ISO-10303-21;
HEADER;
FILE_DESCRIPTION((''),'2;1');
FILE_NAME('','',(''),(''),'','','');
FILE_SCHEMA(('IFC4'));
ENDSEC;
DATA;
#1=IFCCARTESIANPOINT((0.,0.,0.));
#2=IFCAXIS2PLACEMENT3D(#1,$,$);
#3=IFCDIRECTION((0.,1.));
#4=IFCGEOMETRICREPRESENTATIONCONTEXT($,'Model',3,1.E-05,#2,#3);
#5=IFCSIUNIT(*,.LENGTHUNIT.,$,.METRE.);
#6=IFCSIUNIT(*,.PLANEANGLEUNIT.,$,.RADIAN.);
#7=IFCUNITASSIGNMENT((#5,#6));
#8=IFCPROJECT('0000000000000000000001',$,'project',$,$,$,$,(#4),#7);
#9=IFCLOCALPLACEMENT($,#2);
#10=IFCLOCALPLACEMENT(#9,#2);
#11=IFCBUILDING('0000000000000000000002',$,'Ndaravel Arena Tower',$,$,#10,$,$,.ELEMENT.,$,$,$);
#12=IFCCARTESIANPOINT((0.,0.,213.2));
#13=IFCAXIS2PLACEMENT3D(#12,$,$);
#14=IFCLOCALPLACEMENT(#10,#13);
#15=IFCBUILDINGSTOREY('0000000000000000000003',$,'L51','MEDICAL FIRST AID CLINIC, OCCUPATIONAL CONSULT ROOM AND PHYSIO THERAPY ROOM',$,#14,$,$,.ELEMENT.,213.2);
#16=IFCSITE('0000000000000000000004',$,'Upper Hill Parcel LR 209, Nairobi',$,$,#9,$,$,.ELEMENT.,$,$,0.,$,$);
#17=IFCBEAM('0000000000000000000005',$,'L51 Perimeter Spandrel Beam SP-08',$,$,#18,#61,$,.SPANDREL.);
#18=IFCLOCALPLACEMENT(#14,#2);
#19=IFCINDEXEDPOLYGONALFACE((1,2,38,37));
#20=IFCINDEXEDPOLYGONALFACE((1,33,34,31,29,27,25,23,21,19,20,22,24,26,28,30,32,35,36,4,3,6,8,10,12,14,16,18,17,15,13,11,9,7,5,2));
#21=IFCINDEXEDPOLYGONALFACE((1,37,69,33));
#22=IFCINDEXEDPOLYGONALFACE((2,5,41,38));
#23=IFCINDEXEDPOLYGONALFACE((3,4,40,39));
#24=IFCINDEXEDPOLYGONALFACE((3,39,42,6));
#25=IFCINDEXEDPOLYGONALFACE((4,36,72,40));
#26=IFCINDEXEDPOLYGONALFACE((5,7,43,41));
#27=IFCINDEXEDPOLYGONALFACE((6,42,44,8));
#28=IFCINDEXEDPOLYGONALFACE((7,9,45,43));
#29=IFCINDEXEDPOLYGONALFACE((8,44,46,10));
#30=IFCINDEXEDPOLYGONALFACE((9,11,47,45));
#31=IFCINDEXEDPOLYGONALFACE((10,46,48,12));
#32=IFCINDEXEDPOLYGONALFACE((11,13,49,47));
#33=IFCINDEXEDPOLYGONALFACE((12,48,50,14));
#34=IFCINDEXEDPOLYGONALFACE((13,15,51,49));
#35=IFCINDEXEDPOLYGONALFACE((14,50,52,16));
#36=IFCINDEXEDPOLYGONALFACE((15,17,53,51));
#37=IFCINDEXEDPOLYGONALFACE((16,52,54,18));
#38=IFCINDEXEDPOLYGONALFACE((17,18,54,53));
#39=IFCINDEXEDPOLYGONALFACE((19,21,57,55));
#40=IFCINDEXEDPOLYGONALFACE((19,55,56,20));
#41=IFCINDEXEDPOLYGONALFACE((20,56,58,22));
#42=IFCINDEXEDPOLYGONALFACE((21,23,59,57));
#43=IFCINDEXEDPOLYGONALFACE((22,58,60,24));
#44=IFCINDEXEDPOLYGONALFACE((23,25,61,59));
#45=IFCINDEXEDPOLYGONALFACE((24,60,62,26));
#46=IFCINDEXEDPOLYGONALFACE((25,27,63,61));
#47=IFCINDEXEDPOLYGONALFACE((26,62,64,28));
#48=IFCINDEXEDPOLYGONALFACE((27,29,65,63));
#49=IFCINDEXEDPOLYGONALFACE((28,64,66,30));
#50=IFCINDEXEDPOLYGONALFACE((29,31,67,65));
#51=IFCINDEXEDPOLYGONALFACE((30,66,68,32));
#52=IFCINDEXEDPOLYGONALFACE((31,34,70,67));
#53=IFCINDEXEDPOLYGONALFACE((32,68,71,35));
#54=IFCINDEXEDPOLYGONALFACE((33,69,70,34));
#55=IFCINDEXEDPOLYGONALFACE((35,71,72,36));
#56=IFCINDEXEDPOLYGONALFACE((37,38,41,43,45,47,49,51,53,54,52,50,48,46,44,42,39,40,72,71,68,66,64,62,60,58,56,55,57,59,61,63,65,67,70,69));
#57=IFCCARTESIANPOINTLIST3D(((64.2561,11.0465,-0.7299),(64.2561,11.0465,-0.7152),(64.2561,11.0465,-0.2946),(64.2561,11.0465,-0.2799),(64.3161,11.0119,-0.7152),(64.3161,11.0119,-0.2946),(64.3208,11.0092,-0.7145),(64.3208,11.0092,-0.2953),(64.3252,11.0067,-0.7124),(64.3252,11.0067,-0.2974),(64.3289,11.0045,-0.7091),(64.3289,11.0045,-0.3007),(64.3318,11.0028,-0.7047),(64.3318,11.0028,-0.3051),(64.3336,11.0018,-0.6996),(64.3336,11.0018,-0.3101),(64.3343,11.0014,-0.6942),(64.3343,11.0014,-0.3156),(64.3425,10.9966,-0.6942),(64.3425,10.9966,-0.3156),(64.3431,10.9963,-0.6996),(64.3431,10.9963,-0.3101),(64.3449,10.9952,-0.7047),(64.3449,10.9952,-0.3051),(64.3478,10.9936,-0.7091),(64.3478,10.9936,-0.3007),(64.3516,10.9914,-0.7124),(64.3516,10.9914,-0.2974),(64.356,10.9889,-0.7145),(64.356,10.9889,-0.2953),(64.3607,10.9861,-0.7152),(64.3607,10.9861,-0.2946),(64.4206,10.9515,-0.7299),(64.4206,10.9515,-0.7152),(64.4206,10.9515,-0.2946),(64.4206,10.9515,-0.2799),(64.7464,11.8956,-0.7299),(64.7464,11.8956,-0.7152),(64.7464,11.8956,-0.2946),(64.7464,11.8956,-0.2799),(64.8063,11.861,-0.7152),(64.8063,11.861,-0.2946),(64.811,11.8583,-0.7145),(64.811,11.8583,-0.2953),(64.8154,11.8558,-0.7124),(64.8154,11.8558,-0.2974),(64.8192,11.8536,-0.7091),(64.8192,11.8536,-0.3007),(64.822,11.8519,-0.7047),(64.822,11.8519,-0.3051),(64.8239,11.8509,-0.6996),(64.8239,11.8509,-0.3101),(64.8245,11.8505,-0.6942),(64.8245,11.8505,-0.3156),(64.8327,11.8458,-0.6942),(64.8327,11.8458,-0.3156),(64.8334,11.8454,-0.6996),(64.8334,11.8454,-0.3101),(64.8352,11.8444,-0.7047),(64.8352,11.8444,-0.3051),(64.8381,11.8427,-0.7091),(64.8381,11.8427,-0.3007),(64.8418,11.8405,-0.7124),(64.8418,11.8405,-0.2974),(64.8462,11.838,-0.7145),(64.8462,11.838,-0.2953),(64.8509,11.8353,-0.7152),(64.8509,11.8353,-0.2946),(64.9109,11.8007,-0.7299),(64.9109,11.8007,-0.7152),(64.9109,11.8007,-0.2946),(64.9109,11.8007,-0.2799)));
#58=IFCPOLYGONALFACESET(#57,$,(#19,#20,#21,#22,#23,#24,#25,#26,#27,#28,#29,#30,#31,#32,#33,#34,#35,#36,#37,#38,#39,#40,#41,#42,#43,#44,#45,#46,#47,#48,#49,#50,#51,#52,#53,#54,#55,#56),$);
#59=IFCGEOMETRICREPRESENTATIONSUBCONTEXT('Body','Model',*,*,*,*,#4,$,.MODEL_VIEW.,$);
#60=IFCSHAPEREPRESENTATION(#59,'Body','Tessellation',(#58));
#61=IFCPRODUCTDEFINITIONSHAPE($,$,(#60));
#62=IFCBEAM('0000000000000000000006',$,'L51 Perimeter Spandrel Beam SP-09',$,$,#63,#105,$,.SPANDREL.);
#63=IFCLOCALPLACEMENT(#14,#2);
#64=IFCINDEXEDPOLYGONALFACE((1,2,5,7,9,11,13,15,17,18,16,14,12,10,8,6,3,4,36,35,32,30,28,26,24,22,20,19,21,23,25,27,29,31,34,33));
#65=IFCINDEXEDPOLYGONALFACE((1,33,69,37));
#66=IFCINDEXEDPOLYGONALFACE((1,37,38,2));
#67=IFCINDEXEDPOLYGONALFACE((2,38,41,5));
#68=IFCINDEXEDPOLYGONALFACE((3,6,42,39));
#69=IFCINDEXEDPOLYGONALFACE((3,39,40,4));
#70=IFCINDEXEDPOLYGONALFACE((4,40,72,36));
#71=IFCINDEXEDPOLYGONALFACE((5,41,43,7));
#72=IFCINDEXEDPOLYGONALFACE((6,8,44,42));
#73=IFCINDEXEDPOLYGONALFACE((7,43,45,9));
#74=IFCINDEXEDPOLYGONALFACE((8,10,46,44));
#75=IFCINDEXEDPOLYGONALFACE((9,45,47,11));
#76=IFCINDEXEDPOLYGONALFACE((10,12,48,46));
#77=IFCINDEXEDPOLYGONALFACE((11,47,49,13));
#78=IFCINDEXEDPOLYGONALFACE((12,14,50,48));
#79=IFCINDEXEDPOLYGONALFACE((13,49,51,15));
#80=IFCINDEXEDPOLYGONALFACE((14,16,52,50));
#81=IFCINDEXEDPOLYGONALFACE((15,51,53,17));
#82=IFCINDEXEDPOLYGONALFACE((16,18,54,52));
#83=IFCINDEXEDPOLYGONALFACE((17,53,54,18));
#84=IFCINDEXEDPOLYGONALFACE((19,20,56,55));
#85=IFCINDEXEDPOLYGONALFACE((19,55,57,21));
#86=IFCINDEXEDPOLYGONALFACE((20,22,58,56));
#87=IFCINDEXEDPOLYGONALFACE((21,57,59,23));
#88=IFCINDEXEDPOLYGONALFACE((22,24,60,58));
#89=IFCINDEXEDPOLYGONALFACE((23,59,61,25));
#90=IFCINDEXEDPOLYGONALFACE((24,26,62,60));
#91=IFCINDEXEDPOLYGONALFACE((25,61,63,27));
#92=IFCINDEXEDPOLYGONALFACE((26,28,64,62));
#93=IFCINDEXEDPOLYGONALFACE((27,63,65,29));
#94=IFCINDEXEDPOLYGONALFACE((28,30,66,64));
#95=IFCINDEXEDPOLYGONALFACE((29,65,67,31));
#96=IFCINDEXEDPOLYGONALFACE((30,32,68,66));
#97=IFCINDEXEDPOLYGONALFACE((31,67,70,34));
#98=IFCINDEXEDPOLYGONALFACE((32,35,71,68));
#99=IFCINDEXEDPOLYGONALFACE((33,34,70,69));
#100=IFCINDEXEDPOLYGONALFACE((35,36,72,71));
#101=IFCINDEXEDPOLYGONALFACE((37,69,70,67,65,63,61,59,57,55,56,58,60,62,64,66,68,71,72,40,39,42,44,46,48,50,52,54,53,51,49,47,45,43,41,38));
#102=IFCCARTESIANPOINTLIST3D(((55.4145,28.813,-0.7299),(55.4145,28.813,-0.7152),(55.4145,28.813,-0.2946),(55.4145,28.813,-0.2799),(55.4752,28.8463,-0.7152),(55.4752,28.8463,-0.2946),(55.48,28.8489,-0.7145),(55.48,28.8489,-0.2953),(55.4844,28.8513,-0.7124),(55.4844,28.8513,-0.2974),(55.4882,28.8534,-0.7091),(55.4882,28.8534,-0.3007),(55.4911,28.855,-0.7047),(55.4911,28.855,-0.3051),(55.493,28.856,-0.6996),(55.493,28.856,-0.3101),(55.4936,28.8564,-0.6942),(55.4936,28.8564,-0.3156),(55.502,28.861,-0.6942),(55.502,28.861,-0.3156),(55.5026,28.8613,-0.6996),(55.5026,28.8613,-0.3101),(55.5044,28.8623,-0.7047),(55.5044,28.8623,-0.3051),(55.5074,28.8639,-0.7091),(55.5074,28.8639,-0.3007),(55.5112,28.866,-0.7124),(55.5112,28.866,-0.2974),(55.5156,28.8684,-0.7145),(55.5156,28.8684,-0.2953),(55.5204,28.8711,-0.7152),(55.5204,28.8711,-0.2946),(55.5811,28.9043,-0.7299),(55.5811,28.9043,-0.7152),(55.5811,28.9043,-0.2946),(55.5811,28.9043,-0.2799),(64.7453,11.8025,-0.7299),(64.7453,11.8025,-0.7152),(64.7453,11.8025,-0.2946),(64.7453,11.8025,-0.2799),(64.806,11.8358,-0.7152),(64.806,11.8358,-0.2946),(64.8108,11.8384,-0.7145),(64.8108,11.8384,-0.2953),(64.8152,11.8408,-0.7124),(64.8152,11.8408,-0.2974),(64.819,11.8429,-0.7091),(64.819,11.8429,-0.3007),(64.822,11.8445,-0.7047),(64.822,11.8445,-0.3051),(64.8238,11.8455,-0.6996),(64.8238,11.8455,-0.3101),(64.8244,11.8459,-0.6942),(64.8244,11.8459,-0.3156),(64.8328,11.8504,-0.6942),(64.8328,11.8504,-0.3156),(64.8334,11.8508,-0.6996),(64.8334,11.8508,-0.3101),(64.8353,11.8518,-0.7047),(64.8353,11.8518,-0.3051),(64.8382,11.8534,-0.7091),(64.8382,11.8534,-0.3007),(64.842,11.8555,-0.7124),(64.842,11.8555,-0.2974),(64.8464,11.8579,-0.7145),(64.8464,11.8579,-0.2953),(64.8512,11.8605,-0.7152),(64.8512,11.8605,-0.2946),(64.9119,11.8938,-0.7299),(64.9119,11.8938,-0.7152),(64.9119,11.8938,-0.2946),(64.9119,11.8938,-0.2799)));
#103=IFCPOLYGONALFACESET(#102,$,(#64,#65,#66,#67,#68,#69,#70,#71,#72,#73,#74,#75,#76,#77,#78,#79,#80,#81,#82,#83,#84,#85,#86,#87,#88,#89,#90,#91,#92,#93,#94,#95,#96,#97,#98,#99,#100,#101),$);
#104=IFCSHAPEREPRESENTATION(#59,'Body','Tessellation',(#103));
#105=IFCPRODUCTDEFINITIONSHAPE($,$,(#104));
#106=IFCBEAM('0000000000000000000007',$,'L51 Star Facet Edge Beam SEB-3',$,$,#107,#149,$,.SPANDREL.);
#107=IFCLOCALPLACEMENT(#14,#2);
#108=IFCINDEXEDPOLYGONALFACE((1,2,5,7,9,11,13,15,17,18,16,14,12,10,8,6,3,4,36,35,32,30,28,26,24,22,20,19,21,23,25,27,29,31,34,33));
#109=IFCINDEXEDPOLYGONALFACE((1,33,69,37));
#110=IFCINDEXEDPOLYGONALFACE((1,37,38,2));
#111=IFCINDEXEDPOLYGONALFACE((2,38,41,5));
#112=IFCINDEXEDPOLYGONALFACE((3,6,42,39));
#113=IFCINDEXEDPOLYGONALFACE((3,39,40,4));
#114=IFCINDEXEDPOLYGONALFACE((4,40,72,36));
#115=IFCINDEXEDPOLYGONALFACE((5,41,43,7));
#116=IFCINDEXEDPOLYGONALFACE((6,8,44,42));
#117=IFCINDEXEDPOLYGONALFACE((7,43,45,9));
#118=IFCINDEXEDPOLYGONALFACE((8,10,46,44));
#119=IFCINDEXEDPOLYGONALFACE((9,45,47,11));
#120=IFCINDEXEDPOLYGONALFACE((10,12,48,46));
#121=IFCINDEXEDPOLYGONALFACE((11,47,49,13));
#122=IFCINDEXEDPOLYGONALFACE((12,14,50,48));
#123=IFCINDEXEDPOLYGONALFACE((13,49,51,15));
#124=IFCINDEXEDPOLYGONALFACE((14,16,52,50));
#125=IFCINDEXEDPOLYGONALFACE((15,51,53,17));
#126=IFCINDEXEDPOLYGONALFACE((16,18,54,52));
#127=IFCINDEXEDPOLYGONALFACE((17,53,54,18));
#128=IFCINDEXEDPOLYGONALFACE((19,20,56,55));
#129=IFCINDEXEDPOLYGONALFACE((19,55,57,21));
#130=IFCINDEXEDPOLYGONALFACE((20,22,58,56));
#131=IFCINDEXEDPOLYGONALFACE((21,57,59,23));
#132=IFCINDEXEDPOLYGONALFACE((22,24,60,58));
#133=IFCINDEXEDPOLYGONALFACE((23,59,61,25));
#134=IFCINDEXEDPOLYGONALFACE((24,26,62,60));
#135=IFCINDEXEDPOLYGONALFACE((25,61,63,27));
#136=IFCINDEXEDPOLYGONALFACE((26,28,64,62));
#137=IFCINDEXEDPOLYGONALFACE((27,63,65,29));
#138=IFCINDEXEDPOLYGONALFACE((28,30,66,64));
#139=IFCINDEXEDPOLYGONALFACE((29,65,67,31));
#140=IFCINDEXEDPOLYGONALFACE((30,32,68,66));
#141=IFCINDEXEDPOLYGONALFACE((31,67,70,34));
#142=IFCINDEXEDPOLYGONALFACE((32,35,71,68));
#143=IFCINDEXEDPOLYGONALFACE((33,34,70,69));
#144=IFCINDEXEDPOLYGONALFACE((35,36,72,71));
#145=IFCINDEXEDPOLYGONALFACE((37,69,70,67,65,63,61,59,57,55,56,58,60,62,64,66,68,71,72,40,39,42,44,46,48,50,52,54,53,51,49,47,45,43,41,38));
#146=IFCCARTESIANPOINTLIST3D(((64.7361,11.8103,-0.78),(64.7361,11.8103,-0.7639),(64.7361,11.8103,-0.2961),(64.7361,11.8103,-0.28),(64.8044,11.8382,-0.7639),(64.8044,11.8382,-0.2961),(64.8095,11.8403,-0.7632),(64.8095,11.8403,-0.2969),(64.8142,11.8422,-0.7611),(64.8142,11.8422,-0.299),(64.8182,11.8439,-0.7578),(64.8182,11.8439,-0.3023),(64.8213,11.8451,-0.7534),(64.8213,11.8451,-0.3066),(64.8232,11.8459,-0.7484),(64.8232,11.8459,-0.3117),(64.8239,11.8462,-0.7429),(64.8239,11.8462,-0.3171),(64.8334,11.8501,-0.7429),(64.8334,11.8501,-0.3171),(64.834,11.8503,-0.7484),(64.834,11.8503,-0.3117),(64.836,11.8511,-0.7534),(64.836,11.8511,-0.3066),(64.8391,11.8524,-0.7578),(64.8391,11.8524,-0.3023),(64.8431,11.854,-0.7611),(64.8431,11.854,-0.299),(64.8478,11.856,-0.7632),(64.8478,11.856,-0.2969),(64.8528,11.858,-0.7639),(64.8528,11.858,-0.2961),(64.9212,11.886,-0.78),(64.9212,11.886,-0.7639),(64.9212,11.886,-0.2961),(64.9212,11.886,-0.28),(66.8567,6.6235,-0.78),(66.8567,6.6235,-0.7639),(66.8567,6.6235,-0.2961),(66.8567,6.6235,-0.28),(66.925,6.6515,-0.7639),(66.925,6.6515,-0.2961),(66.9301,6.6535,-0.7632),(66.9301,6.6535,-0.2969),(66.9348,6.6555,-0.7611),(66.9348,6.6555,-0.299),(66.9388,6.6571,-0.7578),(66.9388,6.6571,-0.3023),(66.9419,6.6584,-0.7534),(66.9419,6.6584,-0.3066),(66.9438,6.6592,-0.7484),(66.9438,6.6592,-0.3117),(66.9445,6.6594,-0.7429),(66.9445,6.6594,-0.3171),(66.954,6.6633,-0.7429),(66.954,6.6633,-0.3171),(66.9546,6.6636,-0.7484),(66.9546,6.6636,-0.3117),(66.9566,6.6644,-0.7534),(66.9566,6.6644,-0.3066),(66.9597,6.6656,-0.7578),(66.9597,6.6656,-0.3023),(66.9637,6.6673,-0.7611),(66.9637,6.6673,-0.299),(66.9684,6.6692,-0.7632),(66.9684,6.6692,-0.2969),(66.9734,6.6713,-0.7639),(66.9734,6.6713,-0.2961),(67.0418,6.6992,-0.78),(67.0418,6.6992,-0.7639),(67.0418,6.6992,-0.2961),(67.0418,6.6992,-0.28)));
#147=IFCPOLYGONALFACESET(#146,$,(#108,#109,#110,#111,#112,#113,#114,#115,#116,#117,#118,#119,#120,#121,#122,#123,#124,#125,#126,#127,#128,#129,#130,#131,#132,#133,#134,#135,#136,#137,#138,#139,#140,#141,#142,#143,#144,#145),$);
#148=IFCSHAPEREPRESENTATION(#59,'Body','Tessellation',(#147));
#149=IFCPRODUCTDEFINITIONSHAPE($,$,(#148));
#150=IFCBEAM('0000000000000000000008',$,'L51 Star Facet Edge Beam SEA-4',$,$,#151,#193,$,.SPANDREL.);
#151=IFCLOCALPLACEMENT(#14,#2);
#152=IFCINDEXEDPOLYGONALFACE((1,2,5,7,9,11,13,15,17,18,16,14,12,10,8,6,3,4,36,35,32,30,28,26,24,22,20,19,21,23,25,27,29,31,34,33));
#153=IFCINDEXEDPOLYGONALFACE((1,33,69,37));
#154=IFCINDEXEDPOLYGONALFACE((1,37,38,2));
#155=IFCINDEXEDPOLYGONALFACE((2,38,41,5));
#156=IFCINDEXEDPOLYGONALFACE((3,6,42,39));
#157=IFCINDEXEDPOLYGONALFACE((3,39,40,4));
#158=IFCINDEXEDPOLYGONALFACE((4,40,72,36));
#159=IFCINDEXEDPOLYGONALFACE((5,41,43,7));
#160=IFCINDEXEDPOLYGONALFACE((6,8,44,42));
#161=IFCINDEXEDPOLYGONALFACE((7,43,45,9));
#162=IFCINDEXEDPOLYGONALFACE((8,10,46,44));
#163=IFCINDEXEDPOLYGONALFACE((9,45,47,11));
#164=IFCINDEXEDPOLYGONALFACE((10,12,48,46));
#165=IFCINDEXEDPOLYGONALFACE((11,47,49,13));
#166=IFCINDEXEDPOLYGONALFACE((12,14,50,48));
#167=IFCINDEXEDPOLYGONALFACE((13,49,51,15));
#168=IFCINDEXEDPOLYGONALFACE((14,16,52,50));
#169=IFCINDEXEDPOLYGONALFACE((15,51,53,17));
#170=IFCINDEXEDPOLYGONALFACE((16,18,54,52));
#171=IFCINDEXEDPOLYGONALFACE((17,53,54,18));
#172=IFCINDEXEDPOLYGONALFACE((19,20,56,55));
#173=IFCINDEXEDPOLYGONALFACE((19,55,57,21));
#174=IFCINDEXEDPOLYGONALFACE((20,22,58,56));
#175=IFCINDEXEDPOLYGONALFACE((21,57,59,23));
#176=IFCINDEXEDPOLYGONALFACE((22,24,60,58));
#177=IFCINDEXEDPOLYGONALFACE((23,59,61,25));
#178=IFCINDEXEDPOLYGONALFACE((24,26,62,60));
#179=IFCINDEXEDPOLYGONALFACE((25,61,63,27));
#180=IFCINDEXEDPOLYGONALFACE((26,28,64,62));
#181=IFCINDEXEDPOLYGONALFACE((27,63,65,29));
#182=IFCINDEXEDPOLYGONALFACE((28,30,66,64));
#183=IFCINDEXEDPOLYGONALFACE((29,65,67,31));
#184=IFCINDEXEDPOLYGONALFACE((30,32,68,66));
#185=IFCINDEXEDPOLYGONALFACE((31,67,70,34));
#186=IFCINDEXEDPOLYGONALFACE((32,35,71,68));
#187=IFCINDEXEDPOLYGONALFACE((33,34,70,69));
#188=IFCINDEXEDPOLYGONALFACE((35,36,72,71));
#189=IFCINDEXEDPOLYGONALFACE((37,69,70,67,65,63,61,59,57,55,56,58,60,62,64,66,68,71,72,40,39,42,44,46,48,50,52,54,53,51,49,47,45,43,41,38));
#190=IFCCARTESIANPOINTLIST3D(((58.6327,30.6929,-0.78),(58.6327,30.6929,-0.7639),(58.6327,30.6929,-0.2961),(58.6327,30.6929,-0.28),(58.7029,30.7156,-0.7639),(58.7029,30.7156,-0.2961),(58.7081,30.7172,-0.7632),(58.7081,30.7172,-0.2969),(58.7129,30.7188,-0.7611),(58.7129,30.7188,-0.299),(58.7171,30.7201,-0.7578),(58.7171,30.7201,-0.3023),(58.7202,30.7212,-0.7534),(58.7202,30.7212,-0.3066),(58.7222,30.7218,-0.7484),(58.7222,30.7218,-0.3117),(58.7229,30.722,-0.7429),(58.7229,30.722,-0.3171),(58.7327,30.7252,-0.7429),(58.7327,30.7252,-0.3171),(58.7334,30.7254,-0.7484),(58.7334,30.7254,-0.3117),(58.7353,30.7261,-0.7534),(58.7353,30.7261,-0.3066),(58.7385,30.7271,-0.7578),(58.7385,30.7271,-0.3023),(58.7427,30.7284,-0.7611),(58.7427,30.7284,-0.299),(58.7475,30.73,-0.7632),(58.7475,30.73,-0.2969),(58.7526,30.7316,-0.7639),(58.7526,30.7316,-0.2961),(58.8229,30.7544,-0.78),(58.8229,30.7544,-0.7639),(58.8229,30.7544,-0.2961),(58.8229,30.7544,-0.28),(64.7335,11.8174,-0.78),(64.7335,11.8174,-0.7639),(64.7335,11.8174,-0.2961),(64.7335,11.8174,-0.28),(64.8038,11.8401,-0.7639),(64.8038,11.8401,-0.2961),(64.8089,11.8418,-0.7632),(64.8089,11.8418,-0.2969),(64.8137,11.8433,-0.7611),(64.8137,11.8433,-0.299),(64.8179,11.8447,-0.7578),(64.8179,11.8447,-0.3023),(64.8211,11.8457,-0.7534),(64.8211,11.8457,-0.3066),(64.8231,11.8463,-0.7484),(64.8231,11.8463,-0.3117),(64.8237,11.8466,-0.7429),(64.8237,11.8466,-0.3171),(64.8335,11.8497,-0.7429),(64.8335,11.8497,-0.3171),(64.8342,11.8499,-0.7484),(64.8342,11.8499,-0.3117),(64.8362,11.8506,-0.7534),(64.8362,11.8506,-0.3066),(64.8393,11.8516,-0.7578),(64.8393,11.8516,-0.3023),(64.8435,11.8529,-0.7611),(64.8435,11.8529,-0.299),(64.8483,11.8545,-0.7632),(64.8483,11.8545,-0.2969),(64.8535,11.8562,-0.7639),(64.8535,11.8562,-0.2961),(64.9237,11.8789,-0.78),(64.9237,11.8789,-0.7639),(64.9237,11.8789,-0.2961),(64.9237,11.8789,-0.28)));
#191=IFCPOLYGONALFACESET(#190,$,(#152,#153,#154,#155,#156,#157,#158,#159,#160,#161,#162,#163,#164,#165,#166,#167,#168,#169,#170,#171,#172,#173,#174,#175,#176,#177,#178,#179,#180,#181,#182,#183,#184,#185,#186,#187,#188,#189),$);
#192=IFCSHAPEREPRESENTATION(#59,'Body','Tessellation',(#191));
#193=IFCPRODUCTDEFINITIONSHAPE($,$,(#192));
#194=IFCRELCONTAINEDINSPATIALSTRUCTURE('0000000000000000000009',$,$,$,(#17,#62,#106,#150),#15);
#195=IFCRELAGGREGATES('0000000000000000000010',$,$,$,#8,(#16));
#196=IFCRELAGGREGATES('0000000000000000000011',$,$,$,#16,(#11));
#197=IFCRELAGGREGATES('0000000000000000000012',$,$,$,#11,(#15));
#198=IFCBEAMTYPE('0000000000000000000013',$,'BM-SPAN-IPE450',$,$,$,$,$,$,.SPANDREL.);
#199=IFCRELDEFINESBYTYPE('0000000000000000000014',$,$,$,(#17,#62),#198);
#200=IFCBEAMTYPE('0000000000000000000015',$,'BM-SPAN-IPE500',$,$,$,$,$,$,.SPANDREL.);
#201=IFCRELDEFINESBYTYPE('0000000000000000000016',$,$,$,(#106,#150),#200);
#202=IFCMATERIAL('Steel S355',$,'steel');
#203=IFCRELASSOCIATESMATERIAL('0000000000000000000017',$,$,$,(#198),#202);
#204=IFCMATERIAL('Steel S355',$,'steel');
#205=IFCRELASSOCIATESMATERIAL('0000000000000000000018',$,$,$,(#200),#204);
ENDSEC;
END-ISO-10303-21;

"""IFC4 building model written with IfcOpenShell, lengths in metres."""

from ifc_helpers import new_model, si_unit, direction, frame, origin, origin_2d, place, context, subcontext, project, spatial, i_section, extrude, material, material_profile, profile_set, type_object, element, save


model = new_model("IFC4")

# Units and contexts
model_context = context("Model", 3, precision=1e-05, world=origin(), true_north=direction((0.0, 1.0)))
body_context = subcontext(model_context, "Body", "Model", "MODEL_VIEW")
ifc_project = project(units=[si_unit("LENGTHUNIT", "METRE"), si_unit("PLANEANGLEUNIT", "RADIAN")], contexts=[model_context])

# Site, building, storey
site_placement = place(None, origin())
site = spatial("IfcSite", under=ifc_project, at=site_placement, Name="Upper Hill Parcel LR 209, Nairobi", CompositionType="ELEMENT", RefElevation=0.0)
building_placement = place(site_placement, origin())
building = spatial("IfcBuilding", under=site, at=building_placement, Name="Ndaravel Arena Tower", CompositionType="ELEMENT")
storey_placement = place(building_placement, frame((0.0, 0.0, 213.2)))
storey = spatial("IfcBuildingStorey", under=building, at=storey_placement, Name="L51", Description="MEDICAL FIRST AID CLINIC, OCCUPATIONAL CONSULT ROOM AND PHYSIO THERAPY ROOM", CompositionType="ELEMENT", Elevation=213.2)

# Beams
ifc_material_1 = material(Name="Steel S355", Category="steel")
ifc_material_profile_1 = material_profile(ifc_material_1, i_section(OverallWidth=0.1899, OverallDepth=0.45, WebThickness=0.0095, FlangeThickness=0.0146, FilletRadius=0.021, at=origin_2d()), Name="IPE 450")
ifc_profile_set_1 = profile_set([ifc_material_profile_1], Name="Steel S355")
beam_type_1 = type_object("IfcBeamType", Name="BM-SPAN-IPE450", PredefinedType="SPANDREL", material=ifc_profile_set_1)
for number, where, z_axis, x_axis, name in (
    (1, (64.3384, 10.999, -0.5049), (0.499995, 0.866028, 0.0), (-0.866028, 0.499995, 0.0), "L51 Perimeter Spandrel Beam SP-08"),
):
    element("IfcBeam", number, at=place(storey_placement, frame(where, z_axis=z_axis, x_axis=x_axis)), inside=storey, type_object=beam_type_1, Name=name, PredefinedType="SPANDREL", context=body_context, shape_type="SweptSolid", body=[
        extrude(i_section(OverallWidth=0.1899, OverallDepth=0.45, WebThickness=0.0095, FlangeThickness=0.0146, FilletRadius=0.021, at=origin_2d()), origin(), (0.0, 0.0, 1.0), 0.9805),
    ])
beam_1_placement = place(storey_placement, frame((64.8286, 11.8481, -0.5049), z_axis=(-0.480931, 0.876759, 0.0), x_axis=(-0.876759, -0.480931, 0.0)))
element("IfcBeam", 2, at=beam_1_placement, inside=storey, type_object=beam_type_1, Name="L51 Perimeter Spandrel Beam SP-09", PredefinedType="SPANDREL", context=body_context, shape_type="SweptSolid", body=[
    extrude(i_section(OverallWidth=0.1899, OverallDepth=0.45, WebThickness=0.0095, FlangeThickness=0.0146, FilletRadius=0.021, at=origin_2d()), origin(), (0.0, 0.0, 1.0), 19.4016),
])
ifc_material_2 = material(Name="Steel S355", Category="steel")
ifc_material_profile_2 = material_profile(ifc_material_2, i_section(OverallWidth=0.2, OverallDepth=0.5, WebThickness=0.0103, FlangeThickness=0.0161, FilletRadius=0.021, at=origin_2d()), Name="IPE 500")
ifc_profile_set_2 = profile_set([ifc_material_profile_2], Name="Steel S355")
beam_type_2 = type_object("IfcBeamType", Name="BM-SPAN-IPE500", PredefinedType="SPANDREL", material=ifc_profile_set_2)
beam_2_placement = place(storey_placement, frame((66.9492, 6.6614, -0.53), z_axis=(-0.378441, 0.925625, 0.0), x_axis=(-0.925625, -0.378441, 0.0)))
element("IfcBeam", 3, at=beam_2_placement, inside=storey, type_object=beam_type_2, Name="L51 Star Facet Edge Beam SEB-3", PredefinedType="SPANDREL", context=body_context, shape_type="SweptSolid", body=[
    extrude(i_section(OverallWidth=0.2, OverallDepth=0.5, WebThickness=0.0103, FlangeThickness=0.0161, FilletRadius=0.021, at=origin_2d()), origin(), (0.0, 0.0, 1.0), 5.6035),
])
beam_3_placement = place(storey_placement, frame((64.8286, 11.8481, -0.53), z_axis=(-0.307549, 0.951532, 0.0), x_axis=(-0.951532, -0.307549, 0.0)))
element("IfcBeam", 4, at=beam_3_placement, inside=storey, type_object=beam_type_2, Name="L51 Star Facet Edge Beam SEA-4", PredefinedType="SPANDREL", context=body_context, shape_type="SweptSolid", body=[
    extrude(i_section(OverallWidth=0.2, OverallDepth=0.5, WebThickness=0.0103, FlangeThickness=0.0161, FilletRadius=0.021, at=origin_2d()), origin(), (0.0, 0.0, 1.0), 19.8369),
])

save(model, "model.ifc")
